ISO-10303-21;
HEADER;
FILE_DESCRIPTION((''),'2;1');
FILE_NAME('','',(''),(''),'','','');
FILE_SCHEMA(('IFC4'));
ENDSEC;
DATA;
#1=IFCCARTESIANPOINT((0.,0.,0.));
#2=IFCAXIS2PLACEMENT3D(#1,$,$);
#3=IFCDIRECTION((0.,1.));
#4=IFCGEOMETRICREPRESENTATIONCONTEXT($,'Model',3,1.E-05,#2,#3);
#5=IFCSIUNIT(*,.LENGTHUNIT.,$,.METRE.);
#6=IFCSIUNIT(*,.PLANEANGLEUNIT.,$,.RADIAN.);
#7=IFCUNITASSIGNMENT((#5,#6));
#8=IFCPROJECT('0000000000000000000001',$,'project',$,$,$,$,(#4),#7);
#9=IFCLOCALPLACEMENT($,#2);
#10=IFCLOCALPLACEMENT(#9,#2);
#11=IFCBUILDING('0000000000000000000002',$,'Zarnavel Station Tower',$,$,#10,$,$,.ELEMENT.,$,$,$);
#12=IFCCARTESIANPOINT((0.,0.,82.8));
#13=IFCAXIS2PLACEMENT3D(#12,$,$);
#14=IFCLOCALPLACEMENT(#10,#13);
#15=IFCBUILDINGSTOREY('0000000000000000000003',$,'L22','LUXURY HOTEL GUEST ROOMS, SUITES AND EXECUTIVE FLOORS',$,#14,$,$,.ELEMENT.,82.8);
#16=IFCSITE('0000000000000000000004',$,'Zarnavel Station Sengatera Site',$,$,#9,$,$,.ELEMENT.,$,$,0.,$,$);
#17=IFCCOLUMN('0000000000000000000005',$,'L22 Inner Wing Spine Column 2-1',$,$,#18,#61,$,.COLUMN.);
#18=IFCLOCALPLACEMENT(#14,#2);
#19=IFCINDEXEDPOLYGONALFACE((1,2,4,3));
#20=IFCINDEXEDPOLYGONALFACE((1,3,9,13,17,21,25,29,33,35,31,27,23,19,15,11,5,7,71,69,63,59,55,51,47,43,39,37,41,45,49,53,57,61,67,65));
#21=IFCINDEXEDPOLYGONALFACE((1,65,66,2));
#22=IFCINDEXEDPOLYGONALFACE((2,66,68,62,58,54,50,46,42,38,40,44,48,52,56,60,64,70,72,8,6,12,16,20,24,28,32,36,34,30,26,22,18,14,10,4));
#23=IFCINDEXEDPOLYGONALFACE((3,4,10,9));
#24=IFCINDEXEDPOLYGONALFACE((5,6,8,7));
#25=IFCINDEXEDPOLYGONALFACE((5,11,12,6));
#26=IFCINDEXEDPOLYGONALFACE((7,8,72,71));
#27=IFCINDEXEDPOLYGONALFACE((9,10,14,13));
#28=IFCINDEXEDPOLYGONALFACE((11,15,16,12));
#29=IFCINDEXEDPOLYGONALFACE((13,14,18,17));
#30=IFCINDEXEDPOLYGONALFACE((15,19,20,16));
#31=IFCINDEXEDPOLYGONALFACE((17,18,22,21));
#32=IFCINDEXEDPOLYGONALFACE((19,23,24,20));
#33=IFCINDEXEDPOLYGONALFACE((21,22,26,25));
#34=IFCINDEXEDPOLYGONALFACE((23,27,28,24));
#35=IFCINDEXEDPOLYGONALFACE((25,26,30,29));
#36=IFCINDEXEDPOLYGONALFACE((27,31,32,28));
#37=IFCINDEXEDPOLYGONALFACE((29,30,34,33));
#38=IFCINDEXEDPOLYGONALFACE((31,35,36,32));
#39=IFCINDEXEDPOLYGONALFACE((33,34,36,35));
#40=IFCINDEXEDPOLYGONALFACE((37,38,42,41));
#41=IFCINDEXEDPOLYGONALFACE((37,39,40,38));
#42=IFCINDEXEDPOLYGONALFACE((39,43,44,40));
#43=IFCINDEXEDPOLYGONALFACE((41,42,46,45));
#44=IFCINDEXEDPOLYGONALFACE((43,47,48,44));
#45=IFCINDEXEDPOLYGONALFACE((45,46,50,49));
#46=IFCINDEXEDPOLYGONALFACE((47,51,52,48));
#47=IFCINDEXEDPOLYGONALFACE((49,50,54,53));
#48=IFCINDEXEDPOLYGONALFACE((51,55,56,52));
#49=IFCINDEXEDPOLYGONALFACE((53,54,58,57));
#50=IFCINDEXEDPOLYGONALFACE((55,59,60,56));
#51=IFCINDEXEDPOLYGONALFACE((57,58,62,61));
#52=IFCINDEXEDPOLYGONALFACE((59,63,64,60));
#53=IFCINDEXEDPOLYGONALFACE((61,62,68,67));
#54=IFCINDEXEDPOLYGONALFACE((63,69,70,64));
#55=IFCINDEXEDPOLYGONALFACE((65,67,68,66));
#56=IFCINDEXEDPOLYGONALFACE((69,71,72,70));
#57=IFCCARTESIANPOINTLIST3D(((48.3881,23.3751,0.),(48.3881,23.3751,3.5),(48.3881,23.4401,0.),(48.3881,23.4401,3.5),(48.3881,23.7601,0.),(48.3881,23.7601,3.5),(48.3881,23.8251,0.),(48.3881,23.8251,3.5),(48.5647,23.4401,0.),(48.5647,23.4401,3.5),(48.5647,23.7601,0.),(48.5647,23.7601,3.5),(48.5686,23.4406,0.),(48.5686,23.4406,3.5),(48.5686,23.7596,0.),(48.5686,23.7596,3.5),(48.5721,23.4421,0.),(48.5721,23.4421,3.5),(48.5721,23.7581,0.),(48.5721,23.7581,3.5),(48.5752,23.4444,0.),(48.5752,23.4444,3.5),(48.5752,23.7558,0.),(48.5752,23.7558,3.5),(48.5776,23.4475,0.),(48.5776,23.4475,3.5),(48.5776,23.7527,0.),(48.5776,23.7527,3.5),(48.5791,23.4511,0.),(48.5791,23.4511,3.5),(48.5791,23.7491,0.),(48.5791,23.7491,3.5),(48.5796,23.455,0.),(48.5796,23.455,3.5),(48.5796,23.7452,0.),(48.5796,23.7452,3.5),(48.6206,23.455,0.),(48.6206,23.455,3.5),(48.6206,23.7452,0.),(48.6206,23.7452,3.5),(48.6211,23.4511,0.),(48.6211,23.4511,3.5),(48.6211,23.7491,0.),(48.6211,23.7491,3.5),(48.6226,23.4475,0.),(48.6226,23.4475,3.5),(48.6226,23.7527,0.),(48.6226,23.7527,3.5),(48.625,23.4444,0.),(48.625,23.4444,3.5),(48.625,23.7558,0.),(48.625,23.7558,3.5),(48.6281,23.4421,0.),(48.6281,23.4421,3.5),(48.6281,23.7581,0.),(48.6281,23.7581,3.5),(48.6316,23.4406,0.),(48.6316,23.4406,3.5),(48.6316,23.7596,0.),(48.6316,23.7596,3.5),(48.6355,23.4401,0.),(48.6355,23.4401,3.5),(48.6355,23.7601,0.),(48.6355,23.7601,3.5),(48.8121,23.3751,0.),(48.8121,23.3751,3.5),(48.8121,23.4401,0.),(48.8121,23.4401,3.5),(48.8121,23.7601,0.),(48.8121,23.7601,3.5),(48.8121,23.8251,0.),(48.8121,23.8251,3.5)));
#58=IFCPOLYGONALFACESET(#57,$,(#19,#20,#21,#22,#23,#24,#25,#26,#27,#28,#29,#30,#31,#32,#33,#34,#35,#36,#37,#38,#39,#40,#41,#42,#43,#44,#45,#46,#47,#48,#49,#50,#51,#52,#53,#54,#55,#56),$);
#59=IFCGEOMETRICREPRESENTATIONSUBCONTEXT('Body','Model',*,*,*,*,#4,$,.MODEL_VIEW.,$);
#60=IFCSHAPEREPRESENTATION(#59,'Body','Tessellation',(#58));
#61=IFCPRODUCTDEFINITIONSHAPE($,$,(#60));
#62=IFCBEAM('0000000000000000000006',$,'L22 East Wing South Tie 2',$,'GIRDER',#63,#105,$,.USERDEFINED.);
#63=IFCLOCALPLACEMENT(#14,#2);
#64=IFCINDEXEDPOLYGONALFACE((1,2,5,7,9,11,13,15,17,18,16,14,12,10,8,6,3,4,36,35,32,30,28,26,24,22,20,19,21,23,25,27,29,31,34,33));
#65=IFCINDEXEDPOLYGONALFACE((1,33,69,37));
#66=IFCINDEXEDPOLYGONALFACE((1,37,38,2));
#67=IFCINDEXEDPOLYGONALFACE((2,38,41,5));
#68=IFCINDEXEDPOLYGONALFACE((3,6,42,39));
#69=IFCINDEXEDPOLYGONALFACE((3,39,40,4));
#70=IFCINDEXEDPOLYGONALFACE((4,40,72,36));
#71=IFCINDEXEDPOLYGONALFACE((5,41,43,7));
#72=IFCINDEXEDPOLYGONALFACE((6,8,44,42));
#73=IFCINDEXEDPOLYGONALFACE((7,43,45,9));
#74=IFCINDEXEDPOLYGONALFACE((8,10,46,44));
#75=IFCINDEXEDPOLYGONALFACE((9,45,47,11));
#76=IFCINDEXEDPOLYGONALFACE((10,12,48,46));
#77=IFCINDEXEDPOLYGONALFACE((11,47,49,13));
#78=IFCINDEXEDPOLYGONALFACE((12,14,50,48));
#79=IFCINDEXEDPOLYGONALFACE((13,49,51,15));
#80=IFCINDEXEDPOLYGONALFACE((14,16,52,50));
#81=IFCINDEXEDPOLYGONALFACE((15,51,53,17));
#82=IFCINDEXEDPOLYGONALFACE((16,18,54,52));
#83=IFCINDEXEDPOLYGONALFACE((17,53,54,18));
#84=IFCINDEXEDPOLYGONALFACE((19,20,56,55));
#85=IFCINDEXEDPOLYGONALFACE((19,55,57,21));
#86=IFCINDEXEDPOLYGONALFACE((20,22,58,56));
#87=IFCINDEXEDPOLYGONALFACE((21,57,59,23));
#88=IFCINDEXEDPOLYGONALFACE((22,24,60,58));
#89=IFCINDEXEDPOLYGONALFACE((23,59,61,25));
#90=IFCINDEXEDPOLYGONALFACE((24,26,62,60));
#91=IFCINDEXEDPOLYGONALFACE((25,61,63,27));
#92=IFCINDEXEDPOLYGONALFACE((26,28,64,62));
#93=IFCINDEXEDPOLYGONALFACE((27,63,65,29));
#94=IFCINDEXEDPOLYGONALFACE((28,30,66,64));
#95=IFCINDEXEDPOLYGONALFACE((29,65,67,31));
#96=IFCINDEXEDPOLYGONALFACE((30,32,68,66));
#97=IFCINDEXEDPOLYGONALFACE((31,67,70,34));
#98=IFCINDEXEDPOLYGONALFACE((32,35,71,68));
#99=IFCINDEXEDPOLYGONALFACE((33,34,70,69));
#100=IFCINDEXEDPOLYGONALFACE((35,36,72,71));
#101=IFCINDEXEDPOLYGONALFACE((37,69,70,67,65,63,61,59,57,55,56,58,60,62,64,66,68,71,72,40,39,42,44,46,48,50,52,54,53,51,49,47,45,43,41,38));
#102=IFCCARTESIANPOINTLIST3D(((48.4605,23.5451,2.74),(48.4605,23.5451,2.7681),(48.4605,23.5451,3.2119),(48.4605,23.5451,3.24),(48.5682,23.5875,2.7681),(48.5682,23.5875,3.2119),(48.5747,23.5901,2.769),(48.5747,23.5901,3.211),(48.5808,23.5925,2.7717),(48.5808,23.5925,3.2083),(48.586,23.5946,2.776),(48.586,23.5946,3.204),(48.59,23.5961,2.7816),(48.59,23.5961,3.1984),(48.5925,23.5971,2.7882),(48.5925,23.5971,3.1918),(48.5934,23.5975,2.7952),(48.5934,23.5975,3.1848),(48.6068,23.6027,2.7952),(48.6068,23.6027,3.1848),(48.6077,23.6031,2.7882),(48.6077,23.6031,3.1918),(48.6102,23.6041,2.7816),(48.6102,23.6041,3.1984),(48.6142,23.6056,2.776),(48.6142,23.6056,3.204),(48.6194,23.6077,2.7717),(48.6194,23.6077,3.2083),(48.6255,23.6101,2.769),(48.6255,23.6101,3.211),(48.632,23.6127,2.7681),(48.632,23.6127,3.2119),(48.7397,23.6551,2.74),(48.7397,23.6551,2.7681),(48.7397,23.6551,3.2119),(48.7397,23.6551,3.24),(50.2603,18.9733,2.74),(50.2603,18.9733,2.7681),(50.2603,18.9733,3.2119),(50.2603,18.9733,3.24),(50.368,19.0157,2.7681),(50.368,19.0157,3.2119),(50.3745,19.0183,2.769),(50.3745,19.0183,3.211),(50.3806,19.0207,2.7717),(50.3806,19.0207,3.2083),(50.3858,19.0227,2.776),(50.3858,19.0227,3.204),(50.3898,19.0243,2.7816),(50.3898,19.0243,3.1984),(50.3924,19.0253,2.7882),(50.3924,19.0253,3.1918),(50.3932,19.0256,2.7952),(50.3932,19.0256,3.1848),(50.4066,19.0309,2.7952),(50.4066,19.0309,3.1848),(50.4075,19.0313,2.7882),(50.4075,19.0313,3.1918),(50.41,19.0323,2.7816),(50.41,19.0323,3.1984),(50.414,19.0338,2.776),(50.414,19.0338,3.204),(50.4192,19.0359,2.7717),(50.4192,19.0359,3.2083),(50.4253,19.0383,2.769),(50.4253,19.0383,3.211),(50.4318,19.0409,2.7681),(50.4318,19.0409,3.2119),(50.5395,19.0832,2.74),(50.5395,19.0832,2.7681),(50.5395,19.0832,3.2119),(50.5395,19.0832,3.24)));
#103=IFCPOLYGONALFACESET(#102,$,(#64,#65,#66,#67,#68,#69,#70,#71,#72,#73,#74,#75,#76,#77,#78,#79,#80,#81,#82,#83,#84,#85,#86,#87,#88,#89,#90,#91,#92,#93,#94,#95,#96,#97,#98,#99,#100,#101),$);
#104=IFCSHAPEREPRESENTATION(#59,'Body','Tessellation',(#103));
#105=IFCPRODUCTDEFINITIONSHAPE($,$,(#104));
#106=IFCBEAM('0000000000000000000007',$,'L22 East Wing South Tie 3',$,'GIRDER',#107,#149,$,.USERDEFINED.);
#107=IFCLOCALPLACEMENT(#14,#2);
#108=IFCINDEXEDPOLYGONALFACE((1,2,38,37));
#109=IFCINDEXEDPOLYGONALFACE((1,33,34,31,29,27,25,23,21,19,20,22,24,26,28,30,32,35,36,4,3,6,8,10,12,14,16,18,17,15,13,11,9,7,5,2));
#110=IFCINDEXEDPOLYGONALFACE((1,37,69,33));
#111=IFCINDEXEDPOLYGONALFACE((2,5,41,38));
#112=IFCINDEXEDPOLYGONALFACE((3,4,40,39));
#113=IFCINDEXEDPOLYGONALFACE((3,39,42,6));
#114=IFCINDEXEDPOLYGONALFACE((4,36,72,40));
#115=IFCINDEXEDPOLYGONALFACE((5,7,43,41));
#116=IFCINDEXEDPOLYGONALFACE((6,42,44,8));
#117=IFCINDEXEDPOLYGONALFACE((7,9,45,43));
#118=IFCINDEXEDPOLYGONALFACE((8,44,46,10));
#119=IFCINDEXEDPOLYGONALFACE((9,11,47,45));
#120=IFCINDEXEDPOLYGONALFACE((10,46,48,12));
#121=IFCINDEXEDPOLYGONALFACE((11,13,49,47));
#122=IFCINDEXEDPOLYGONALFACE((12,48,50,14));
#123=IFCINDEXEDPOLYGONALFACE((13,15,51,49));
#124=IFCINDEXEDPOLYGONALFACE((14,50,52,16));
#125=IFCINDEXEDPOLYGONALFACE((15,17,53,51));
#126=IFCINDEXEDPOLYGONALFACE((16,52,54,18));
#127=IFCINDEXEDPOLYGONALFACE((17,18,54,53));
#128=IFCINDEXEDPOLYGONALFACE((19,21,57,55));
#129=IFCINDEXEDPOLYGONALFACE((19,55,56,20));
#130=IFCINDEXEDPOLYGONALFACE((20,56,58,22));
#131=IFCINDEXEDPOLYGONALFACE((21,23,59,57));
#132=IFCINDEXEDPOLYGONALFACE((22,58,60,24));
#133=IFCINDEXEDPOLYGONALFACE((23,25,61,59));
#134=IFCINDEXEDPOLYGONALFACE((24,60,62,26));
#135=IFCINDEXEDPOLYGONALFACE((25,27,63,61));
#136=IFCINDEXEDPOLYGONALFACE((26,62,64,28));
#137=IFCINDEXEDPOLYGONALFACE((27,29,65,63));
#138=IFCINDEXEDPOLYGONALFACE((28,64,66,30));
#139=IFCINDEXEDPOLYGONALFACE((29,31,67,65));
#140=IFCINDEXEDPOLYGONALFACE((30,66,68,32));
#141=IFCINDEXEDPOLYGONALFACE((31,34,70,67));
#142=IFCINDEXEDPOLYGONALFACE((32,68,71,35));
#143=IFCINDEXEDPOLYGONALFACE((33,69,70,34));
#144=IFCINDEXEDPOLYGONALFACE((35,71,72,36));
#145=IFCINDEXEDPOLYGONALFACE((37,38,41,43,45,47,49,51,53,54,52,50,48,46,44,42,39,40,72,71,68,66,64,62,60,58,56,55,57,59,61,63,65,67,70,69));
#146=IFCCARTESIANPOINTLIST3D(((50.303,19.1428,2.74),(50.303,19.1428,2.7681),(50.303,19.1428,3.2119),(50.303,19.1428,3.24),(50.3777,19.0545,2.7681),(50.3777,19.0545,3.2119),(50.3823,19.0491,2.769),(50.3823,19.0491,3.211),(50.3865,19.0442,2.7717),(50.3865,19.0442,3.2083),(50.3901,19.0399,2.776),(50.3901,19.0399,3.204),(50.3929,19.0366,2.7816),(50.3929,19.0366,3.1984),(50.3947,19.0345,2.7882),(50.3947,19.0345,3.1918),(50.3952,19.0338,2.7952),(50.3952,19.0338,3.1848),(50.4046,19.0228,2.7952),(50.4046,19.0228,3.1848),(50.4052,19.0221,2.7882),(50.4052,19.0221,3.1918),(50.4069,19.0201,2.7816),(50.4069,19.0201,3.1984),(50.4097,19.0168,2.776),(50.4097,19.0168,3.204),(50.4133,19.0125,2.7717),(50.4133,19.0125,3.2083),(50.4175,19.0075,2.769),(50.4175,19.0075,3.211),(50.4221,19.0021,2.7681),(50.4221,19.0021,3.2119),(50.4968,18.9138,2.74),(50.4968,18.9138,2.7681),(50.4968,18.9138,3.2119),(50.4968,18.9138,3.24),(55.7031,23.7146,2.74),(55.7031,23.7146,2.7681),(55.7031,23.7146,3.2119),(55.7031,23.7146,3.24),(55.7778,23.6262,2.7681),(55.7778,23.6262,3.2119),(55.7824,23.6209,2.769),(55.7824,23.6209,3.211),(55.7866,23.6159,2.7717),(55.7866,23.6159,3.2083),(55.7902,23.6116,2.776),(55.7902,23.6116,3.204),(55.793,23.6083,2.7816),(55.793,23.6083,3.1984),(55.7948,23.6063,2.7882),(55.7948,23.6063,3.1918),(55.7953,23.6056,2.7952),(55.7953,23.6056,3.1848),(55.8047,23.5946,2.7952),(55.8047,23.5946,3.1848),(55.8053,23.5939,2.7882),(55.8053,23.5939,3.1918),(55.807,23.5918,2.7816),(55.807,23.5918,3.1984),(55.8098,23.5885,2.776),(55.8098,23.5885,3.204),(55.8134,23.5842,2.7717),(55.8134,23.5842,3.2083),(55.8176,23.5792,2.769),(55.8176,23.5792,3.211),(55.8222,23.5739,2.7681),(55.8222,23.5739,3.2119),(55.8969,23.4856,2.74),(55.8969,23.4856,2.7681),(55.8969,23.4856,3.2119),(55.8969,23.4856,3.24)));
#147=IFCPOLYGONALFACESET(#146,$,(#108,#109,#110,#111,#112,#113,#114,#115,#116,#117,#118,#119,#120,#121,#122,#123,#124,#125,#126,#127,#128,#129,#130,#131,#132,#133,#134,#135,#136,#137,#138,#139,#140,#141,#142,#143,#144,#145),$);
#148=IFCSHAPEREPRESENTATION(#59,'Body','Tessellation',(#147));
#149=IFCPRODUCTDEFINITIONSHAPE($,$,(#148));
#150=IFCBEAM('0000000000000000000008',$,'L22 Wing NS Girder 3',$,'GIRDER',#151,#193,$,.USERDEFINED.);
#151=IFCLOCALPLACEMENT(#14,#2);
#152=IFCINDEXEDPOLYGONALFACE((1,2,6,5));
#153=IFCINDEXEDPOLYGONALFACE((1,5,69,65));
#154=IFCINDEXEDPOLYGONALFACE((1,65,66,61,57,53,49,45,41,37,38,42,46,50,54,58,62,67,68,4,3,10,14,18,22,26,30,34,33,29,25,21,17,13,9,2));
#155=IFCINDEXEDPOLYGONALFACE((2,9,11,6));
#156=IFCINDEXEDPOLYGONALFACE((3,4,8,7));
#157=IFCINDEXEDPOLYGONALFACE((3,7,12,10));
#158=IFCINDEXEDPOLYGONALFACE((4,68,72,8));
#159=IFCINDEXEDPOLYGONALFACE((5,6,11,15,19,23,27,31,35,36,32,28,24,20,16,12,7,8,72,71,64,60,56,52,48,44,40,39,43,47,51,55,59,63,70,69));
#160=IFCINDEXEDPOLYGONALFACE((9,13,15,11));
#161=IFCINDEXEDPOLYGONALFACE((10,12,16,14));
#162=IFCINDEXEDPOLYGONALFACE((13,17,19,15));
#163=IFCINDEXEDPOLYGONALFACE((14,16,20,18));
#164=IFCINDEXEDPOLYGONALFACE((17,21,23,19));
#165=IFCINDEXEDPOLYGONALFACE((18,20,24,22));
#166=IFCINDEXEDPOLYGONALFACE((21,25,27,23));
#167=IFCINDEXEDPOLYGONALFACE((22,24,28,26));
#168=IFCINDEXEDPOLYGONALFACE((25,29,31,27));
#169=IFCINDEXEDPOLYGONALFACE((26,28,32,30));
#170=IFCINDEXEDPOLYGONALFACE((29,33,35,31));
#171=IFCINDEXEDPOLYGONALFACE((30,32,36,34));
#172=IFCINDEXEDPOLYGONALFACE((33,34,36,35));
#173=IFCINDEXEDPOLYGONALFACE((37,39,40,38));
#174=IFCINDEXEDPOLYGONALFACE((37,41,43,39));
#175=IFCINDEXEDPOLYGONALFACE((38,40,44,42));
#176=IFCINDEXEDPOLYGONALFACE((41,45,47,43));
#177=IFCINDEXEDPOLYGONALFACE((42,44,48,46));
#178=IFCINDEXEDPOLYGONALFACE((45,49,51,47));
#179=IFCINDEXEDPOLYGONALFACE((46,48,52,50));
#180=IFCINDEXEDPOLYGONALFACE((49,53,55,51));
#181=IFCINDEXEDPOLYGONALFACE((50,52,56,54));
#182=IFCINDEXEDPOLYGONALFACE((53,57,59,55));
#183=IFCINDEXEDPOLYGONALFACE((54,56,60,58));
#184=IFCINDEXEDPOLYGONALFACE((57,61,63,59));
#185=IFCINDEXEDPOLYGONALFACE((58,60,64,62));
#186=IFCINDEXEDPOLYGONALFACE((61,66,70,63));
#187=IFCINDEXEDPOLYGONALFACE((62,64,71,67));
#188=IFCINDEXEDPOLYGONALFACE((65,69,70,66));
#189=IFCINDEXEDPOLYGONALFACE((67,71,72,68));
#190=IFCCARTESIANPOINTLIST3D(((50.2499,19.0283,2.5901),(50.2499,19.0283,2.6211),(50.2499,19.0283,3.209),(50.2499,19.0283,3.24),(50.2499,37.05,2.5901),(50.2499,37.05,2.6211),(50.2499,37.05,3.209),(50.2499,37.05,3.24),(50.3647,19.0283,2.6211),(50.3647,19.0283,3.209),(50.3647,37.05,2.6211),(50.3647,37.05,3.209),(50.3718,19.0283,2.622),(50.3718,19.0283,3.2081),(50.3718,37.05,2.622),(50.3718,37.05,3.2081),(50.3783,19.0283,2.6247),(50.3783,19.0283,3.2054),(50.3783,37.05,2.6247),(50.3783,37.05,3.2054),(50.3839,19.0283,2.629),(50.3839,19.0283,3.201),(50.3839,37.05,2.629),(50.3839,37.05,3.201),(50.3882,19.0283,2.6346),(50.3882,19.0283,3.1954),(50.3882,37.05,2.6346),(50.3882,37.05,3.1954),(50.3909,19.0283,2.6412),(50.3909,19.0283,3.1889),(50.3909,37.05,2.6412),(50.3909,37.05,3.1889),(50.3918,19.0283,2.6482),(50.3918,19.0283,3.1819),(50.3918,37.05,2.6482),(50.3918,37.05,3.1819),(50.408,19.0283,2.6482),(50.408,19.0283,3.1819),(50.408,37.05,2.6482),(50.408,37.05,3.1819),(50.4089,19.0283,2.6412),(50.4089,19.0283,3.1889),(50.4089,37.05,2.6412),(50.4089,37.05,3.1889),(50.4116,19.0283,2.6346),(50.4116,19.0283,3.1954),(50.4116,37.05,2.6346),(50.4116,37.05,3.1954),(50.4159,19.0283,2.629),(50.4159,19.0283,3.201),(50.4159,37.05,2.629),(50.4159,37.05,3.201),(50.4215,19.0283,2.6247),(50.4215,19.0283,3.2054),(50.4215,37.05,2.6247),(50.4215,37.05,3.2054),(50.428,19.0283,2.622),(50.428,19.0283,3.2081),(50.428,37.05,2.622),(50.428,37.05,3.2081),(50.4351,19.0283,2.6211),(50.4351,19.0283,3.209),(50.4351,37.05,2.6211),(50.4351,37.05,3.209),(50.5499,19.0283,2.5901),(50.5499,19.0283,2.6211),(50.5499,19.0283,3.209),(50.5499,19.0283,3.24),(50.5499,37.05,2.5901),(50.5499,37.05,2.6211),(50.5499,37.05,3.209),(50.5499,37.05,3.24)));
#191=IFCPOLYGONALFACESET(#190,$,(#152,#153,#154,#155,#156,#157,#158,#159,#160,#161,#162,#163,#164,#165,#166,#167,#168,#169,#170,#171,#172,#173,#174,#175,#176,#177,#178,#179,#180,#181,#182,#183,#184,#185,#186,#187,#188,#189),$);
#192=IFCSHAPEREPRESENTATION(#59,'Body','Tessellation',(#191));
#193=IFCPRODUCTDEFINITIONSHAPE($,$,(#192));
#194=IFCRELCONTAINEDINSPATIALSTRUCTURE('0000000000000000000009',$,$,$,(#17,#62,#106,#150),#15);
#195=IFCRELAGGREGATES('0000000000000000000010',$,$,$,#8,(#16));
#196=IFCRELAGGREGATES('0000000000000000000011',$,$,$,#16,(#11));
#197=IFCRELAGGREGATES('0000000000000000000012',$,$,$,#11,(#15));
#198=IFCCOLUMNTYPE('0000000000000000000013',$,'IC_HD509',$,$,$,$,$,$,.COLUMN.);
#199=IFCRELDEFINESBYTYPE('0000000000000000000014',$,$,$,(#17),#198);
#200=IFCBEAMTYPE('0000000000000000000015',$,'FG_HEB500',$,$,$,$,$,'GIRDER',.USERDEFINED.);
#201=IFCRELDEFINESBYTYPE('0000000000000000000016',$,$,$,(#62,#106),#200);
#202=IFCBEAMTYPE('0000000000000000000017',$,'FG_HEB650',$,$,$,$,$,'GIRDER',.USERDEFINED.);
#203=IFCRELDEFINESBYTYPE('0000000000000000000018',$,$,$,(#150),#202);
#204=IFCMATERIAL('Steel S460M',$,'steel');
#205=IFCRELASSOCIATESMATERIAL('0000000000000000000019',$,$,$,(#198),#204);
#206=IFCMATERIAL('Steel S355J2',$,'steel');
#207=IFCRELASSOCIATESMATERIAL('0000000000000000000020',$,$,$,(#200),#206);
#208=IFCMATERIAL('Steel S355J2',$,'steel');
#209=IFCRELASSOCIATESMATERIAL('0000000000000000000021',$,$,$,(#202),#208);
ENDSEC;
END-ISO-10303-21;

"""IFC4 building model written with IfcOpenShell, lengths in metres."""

from ifc_helpers import new_model, si_unit, direction, frame, origin, origin_2d, place, context, subcontext, project, spatial, i_section, extrude, material, material_profile, profile_set, type_object, element, save


model = new_model("IFC4")

# Units and contexts
model_context = context("Model", 3, precision=1e-05, world=origin(), true_north=direction((0.0, 1.0)))
body_context = subcontext(model_context, "Body", "Model", "MODEL_VIEW")
ifc_project = project(units=[si_unit("LENGTHUNIT", "METRE"), si_unit("PLANEANGLEUNIT", "RADIAN")], contexts=[model_context])

# Site, building, storey
site_placement = place(None, origin())
site = spatial("IfcSite", under=ifc_project, at=site_placement, Name="Zarnavel Station Sengatera Site", CompositionType="ELEMENT", RefElevation=0.0)
building_placement = place(site_placement, origin())
building = spatial("IfcBuilding", under=site, at=building_placement, Name="Zarnavel Station Tower", CompositionType="ELEMENT")
storey_placement = place(building_placement, frame((0.0, 0.0, 82.8)))
storey = spatial("IfcBuildingStorey", under=building, at=storey_placement, Name="L22", Description="LUXURY HOTEL GUEST ROOMS, SUITES AND EXECUTIVE FLOORS", CompositionType="ELEMENT", Elevation=82.8)

# Column
ifc_material_1 = material(Name="Steel S460M", Category="steel")
ifc_material_profile_1 = material_profile(ifc_material_1, i_section(OverallWidth=0.4241, OverallDepth=0.45, WebThickness=0.041, FlangeThickness=0.0649, FilletRadius=0.0149, at=origin_2d()), Name="HD400x509")
ifc_profile_set_1 = profile_set([ifc_material_profile_1], Name="Steel S460M")
column_type = type_object("IfcColumnType", Name="IC_HD509", PredefinedType="COLUMN", material=ifc_profile_set_1)
column_placement = place(storey_placement, frame((48.6001, 23.6001, 0.0), z_axis=(0.0, 0.0, 1.0), x_axis=(1.0, 0.0, 0.0)))
element("IfcColumn", 1, at=column_placement, inside=storey, type_object=column_type, Name="L22 Inner Wing Spine Column 2-1", PredefinedType="COLUMN", context=body_context, shape_type="SweptSolid", body=[
    extrude(i_section(OverallWidth=0.4241, OverallDepth=0.45, WebThickness=0.041, FlangeThickness=0.0649, FilletRadius=0.0149, at=origin_2d()), origin(), (0.0, 0.0, 1.0), 3.5),
])

# Beams
ifc_material_2 = material(Name="Steel S355J2", Category="steel")
ifc_material_profile_2 = material_profile(ifc_material_2, i_section(OverallWidth=0.3, OverallDepth=0.5, WebThickness=0.0144, FlangeThickness=0.0281, FilletRadius=0.0271, at=origin_2d()), Name="HEB500")
ifc_profile_set_2 = profile_set([ifc_material_profile_2], Name="Steel S355J2")
beam_type_1 = type_object("IfcBeamType", Name="FG_HEB500", ElementType="GIRDER", PredefinedType="USERDEFINED", material=ifc_profile_set_2)
beam_1_placement = place(storey_placement, frame((48.6001, 23.6001, 2.99), z_axis=(0.366313, -0.930492, 0.0), x_axis=(0.930492, 0.366313, 0.0)))
element("IfcBeam", 2, at=beam_1_placement, inside=storey, type_object=beam_type_1, Name="L22 East Wing South Tie 2", ObjectType="GIRDER", PredefinedType="USERDEFINED", context=body_context, shape_type="SweptSolid", body=[
    extrude(i_section(OverallWidth=0.3, OverallDepth=0.5, WebThickness=0.0144, FlangeThickness=0.0281, FilletRadius=0.0271, at=origin_2d()), origin(), (0.0, 0.0, 1.0), 4.9133),
])
beam_2_placement = place(storey_placement, frame((50.3999, 19.0283, 2.99), z_axis=(0.763217, 0.646142, 0.0), x_axis=(-0.646142, 0.763217, 0.0)))
element("IfcBeam", 3, at=beam_2_placement, inside=storey, type_object=beam_type_1, Name="L22 East Wing South Tie 3", ObjectType="GIRDER", PredefinedType="USERDEFINED", context=body_context, shape_type="SweptSolid", body=[
    extrude(i_section(OverallWidth=0.3, OverallDepth=0.5, WebThickness=0.0144, FlangeThickness=0.0281, FilletRadius=0.0271, at=origin_2d()), origin(), (0.0, 0.0, 1.0), 7.0754),
])
ifc_material_3 = material(Name="Steel S355J2", Category="steel")
ifc_material_profile_3 = material_profile(ifc_material_3, i_section(OverallWidth=0.3, OverallDepth=0.6499, WebThickness=0.0161, FlangeThickness=0.031, FilletRadius=0.0271, at=origin_2d()), Name="HEB650")
ifc_profile_set_3 = profile_set([ifc_material_profile_3], Name="Steel S355J2")
beam_type_2 = type_object("IfcBeamType", Name="FG_HEB650", ElementType="GIRDER", PredefinedType="USERDEFINED", material=ifc_profile_set_3)
beam_3_placement = place(storey_placement, frame((50.3999, 19.0283, 2.915), z_axis=(0.0, 1.0, 0.0), x_axis=(-1.0, 0.0, 0.0)))
element("IfcBeam", 4, at=beam_3_placement, inside=storey, type_object=beam_type_2, Name="L22 Wing NS Girder 3", ObjectType="GIRDER", PredefinedType="USERDEFINED", context=body_context, shape_type="SweptSolid", body=[
    extrude(i_section(OverallWidth=0.3, OverallDepth=0.6499, WebThickness=0.0161, FlangeThickness=0.031, FilletRadius=0.0271, at=origin_2d()), origin(), (0.0, 0.0, 1.0), 18.0217),
])

save(model, "model.ifc")
